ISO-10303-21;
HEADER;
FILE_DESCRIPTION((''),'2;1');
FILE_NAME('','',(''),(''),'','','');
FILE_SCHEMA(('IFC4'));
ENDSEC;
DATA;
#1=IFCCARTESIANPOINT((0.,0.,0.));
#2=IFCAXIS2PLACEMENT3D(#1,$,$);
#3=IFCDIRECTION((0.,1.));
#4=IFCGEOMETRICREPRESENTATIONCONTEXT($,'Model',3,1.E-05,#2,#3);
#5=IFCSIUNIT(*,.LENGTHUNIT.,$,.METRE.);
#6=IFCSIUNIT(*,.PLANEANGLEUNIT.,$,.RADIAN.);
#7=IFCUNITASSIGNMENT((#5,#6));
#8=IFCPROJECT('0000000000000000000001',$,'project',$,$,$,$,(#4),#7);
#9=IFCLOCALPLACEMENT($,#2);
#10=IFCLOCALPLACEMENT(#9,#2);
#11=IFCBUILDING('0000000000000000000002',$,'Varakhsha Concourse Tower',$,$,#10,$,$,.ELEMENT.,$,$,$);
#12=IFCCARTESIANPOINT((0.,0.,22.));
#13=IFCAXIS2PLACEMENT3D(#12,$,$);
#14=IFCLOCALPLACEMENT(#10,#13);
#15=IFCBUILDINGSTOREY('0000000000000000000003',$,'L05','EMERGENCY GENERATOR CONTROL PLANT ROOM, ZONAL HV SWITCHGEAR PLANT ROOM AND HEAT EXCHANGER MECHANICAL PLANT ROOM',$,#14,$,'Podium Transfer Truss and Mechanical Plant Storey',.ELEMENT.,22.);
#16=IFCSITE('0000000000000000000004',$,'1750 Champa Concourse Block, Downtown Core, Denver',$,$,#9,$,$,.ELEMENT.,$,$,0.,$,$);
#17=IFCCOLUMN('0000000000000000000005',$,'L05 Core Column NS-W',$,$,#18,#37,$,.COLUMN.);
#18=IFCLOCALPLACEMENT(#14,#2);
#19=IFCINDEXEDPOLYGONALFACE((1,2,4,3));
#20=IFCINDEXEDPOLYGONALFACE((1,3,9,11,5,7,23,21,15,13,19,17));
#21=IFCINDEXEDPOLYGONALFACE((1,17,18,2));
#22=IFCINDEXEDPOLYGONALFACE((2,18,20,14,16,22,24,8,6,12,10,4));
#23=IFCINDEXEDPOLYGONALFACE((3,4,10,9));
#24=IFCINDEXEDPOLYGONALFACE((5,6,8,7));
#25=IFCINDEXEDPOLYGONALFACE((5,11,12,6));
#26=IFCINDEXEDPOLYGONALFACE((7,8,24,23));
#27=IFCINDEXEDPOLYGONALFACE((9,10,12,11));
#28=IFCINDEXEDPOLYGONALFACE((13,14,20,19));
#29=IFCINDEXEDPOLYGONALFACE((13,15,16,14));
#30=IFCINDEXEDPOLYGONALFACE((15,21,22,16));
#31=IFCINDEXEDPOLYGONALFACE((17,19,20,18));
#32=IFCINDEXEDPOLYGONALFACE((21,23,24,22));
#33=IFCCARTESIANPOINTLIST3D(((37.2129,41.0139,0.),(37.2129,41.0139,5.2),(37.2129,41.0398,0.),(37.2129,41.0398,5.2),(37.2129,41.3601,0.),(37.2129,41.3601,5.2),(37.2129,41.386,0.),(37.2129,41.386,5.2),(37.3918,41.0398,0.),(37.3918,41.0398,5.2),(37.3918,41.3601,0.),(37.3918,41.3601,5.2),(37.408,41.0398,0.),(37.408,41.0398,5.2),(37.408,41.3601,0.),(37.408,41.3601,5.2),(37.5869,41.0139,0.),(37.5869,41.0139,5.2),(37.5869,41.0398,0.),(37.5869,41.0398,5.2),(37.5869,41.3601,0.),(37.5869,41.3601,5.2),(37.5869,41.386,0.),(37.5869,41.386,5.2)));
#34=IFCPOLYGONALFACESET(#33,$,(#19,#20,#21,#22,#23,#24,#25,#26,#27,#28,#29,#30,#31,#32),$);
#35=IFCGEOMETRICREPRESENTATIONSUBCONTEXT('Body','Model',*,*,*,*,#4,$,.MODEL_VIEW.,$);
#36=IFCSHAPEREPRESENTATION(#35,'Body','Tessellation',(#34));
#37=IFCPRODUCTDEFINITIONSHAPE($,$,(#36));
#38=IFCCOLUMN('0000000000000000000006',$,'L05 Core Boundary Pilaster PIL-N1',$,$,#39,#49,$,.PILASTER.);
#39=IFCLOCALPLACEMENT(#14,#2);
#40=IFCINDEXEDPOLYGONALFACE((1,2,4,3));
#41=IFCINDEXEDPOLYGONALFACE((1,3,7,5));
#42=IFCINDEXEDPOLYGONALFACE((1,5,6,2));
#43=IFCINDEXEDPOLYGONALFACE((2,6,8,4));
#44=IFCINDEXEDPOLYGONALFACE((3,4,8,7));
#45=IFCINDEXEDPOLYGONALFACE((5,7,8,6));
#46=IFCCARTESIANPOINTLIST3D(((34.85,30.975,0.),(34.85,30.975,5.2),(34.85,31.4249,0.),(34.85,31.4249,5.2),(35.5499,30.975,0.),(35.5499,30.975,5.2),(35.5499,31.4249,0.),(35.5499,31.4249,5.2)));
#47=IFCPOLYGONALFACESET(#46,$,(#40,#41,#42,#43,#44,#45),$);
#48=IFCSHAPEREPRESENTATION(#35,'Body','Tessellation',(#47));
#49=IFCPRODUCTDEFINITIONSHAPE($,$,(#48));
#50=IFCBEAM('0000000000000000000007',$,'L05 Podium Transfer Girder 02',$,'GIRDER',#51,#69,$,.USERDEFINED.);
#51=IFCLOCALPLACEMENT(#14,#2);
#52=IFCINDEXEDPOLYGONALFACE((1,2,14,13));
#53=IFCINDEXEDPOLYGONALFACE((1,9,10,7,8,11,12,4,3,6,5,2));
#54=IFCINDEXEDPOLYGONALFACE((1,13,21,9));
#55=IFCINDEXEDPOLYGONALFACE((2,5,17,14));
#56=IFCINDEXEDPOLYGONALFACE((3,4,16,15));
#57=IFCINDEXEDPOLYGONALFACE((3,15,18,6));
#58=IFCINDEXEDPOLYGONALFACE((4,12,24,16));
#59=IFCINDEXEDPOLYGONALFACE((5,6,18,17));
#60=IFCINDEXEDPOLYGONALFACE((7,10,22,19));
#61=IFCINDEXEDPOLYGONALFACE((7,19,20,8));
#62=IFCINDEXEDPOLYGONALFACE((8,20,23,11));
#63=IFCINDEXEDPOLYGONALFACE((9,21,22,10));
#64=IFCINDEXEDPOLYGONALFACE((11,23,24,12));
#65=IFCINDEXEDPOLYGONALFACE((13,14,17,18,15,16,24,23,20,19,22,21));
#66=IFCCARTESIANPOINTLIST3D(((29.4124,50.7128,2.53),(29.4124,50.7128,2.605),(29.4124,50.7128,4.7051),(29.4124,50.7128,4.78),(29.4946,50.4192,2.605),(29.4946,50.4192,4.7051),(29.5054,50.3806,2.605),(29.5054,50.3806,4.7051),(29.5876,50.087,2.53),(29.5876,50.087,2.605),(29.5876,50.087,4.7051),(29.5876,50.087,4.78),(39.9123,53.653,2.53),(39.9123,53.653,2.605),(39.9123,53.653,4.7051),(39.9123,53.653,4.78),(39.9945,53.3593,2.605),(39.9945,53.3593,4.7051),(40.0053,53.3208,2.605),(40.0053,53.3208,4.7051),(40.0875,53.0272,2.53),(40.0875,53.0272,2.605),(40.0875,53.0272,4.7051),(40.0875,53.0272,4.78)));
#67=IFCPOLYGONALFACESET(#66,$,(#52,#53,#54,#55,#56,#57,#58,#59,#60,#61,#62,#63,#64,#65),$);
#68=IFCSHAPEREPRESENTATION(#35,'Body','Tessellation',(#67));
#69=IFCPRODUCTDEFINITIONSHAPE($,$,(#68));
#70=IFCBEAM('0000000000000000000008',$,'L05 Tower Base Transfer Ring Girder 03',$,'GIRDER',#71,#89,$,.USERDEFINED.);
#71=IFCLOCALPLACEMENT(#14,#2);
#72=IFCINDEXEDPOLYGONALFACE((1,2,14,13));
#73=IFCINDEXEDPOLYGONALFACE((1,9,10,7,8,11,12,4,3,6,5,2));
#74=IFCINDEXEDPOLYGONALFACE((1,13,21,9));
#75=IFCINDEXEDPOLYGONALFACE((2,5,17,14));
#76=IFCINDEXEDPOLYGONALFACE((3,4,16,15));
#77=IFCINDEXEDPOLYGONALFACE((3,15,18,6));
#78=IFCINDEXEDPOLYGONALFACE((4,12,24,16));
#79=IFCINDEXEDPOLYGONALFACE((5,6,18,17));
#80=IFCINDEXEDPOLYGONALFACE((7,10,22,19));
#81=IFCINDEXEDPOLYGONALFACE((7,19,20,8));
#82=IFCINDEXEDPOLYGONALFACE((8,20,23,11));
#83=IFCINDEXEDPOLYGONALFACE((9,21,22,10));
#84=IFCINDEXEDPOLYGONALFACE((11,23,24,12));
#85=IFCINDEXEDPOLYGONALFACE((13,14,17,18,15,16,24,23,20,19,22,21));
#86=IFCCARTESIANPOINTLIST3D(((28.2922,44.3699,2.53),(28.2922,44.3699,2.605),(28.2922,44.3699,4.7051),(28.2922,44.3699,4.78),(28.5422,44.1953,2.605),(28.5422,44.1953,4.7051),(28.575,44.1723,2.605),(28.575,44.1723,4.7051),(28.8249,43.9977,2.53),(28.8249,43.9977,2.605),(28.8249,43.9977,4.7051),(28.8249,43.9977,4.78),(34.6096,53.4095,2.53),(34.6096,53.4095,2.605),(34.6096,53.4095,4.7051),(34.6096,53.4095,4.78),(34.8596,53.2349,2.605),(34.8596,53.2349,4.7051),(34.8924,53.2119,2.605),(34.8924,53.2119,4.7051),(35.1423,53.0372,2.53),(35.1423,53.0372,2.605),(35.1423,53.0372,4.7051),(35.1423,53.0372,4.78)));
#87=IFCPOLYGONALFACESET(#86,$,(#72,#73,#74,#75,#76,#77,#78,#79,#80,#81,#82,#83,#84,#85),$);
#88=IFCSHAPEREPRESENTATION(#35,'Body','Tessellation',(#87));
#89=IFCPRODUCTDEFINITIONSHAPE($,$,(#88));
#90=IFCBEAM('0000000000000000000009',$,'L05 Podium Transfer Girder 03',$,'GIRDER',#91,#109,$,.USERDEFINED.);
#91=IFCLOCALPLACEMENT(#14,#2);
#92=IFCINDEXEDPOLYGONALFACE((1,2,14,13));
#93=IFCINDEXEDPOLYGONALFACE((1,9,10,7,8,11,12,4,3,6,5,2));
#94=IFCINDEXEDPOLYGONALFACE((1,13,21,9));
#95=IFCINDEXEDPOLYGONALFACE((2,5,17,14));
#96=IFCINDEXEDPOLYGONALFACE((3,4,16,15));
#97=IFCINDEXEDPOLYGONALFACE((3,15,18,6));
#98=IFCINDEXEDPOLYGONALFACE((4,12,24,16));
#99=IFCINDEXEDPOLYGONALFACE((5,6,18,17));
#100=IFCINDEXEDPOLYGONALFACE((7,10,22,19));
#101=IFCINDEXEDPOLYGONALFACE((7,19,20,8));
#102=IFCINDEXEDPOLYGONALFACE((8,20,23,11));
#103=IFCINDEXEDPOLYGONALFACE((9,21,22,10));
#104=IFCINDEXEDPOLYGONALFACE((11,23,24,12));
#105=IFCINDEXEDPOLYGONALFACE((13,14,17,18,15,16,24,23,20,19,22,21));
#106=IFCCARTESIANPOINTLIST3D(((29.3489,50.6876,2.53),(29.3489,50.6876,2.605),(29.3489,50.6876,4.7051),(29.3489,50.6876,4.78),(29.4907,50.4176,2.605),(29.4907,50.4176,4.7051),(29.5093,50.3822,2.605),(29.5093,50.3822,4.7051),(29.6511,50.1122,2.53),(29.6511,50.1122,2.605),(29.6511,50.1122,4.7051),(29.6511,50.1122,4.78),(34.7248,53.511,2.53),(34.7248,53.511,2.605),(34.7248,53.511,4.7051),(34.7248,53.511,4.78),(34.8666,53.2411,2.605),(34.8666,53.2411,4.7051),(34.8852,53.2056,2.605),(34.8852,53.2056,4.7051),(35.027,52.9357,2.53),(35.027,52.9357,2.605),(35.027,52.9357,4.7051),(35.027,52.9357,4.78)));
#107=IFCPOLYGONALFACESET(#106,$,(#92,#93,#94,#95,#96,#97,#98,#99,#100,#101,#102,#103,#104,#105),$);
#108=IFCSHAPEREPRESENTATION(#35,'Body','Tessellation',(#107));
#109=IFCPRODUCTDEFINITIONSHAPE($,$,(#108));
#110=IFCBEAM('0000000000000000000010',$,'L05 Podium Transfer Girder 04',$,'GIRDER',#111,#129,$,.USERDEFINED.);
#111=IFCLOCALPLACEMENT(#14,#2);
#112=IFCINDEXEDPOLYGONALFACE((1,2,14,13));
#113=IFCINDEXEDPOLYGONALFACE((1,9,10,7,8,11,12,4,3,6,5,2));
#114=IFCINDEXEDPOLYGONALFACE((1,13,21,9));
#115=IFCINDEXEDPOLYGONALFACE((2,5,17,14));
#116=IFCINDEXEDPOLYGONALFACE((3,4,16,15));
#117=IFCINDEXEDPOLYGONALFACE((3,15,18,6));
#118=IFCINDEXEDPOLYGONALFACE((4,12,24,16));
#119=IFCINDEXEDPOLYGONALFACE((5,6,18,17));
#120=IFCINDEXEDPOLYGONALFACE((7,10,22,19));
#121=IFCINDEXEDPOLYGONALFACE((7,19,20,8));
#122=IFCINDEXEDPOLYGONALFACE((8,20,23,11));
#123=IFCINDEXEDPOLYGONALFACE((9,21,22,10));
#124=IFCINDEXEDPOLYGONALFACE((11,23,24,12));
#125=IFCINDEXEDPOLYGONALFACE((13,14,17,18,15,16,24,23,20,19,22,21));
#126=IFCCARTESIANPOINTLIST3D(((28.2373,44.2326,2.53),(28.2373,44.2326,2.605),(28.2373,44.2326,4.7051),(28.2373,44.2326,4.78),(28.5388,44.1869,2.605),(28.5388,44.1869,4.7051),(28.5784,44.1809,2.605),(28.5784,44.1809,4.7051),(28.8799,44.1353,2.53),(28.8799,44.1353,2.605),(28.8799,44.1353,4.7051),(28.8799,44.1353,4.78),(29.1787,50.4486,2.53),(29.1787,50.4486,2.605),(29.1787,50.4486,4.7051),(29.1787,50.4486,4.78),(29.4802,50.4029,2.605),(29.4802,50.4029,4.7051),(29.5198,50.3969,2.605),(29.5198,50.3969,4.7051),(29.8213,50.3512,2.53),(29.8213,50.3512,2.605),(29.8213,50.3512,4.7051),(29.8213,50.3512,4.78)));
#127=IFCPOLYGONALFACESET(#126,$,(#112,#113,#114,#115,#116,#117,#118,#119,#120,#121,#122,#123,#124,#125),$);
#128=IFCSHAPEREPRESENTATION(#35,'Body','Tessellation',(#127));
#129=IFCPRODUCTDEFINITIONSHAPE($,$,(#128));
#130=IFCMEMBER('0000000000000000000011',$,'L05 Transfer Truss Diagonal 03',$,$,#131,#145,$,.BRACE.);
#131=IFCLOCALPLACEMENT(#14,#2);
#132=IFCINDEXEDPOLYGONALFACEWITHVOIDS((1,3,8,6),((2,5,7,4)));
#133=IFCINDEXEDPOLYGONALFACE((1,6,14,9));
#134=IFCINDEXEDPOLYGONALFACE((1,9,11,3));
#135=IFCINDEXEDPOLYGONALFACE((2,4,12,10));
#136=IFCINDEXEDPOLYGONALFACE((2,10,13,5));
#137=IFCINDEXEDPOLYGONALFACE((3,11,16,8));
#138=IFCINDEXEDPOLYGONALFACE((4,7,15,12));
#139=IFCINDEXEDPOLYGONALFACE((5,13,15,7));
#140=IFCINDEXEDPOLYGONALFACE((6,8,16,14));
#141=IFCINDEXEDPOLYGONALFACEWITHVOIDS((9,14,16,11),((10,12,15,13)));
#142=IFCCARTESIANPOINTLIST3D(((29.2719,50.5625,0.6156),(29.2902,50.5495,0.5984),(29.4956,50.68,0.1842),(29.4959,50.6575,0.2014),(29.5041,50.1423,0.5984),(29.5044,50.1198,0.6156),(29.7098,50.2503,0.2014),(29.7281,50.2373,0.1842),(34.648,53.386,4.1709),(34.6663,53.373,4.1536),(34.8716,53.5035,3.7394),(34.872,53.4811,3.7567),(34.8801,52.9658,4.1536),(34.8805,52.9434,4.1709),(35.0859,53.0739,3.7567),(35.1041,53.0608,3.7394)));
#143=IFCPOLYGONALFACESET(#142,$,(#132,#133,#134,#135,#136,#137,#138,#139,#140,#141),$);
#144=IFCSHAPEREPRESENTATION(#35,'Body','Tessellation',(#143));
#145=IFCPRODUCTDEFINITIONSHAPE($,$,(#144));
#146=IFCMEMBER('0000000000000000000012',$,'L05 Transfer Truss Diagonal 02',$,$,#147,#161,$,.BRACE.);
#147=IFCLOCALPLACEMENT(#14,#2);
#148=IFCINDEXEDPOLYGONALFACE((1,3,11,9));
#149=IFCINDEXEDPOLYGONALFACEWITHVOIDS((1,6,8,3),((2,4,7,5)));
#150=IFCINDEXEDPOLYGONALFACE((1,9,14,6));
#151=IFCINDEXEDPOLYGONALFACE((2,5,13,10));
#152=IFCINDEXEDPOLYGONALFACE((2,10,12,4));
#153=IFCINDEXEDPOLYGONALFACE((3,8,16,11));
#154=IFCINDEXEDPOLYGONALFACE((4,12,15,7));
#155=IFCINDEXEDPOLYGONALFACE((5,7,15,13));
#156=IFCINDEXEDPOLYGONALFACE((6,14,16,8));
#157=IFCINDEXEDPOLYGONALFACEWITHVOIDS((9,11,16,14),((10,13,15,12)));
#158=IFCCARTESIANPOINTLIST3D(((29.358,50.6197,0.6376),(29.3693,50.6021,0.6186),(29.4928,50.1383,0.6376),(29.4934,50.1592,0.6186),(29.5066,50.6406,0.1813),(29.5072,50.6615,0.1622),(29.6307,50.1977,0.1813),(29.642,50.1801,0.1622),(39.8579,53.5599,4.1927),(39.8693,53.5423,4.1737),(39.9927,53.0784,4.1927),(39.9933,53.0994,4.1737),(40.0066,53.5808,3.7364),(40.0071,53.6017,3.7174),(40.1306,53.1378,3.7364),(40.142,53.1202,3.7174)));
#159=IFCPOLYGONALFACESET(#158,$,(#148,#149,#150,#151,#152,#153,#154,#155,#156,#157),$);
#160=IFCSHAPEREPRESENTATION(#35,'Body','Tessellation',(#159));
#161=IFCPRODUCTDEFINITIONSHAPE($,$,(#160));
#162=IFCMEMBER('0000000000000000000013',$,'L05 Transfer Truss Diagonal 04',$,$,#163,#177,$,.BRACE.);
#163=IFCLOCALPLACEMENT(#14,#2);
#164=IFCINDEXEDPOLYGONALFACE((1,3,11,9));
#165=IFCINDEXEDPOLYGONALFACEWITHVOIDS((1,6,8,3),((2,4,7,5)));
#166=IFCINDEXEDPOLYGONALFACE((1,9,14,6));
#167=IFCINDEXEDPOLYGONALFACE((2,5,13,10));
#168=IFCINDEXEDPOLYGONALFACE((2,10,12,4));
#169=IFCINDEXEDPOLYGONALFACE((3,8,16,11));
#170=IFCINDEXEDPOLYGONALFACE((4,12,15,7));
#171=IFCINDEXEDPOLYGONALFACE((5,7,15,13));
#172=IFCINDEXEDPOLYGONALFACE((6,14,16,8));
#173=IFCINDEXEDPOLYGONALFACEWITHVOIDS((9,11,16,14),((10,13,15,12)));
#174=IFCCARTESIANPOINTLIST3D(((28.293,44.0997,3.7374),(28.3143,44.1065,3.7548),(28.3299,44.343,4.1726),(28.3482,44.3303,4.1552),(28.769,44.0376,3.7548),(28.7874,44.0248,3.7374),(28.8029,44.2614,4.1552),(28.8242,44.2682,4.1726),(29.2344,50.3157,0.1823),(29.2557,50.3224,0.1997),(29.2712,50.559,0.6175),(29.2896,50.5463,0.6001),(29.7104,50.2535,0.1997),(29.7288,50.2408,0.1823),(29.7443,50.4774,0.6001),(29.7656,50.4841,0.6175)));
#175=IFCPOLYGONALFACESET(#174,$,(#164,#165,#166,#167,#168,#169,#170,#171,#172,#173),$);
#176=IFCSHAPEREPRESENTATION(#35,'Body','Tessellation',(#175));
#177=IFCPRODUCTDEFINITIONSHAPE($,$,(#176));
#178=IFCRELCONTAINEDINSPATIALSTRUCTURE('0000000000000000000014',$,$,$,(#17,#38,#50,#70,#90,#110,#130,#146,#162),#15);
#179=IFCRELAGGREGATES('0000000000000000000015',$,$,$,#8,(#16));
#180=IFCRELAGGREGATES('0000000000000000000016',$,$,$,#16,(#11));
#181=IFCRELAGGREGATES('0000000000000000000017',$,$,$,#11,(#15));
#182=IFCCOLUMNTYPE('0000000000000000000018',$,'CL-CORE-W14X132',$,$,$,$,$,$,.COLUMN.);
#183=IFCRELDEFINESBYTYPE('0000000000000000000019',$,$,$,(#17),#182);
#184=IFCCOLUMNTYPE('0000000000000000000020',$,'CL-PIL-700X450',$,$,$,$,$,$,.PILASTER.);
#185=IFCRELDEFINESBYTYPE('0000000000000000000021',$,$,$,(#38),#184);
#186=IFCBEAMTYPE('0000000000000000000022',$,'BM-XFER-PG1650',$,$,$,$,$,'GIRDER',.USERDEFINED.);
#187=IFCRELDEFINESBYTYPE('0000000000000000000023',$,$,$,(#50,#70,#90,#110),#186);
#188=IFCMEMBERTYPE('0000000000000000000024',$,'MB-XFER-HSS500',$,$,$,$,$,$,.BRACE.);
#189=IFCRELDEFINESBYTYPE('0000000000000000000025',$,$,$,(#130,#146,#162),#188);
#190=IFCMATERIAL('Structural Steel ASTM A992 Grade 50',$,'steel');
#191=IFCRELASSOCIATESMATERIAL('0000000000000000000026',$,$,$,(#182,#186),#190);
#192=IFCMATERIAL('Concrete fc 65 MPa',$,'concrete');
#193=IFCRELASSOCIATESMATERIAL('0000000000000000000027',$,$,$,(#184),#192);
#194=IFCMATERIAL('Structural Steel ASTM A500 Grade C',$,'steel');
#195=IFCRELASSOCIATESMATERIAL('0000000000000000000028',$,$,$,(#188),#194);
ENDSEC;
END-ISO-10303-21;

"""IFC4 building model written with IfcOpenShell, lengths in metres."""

from ifc_helpers import new_model, si_unit, direction, frame, origin, origin_2d, place, context, subcontext, project, spatial, rectangle, hollow_rectangle, i_section, extrude, source, transform, mapped, material, material_profile, profile_set, type_object, type_shapes, element, save


model = new_model("IFC4")

# Units and contexts
model_context = context("Model", 3, precision=1e-05, world=origin(), true_north=direction((0.0, 1.0)))
body_context = subcontext(model_context, "Body", "Model", "MODEL_VIEW")
ifc_project = project(units=[si_unit("LENGTHUNIT", "METRE"), si_unit("PLANEANGLEUNIT", "RADIAN")], contexts=[model_context])

# Site, building, storey
site_placement = place(None, origin())
site = spatial("IfcSite", under=ifc_project, at=site_placement, Name="1750 Champa Concourse Block, Downtown Core, Denver", CompositionType="ELEMENT", RefElevation=0.0)
building_placement = place(site_placement, origin())
building = spatial("IfcBuilding", under=site, at=building_placement, Name="Varakhsha Concourse Tower", CompositionType="ELEMENT")
storey_placement = place(building_placement, frame((0.0, 0.0, 22.0)))
storey = spatial("IfcBuildingStorey", under=building, at=storey_placement, Name="L05", Description="EMERGENCY GENERATOR CONTROL PLANT ROOM, ZONAL HV SWITCHGEAR PLANT ROOM AND HEAT EXCHANGER MECHANICAL PLANT ROOM", LongName="Podium Transfer Truss and Mechanical Plant Storey", CompositionType="ELEMENT", Elevation=22.0)

# Columns
ifc_material_1 = material(Name="Structural Steel ASTM A992 Grade 50", Category="steel")
ifc_material_profile_1 = material_profile(ifc_material_1, i_section(OverallWidth=0.374, OverallDepth=0.3721, WebThickness=0.0161, FlangeThickness=0.0259, at=origin_2d()), Name="W14X132")
ifc_profile_set_1 = profile_set([ifc_material_profile_1], Name="Structural Steel ASTM A992 Grade 50")
column_type_1 = type_object("IfcColumnType", Name="CL-CORE-W14X132", PredefinedType="COLUMN", material=ifc_profile_set_1)
column_1_placement = place(storey_placement, frame((37.3999, 41.2, 0.0), z_axis=(0.0, 0.0, 1.0), x_axis=(1.0, 0.0, 0.0)))
element("IfcColumn", 1, at=column_1_placement, inside=storey, type_object=column_type_1, Name="L05 Core Column NS-W", PredefinedType="COLUMN", context=body_context, shape_type="SweptSolid", body=[
    extrude(i_section(OverallWidth=0.374, OverallDepth=0.3721, WebThickness=0.0161, FlangeThickness=0.0259, at=origin_2d()), origin(), (0.0, 0.0, 1.0), 5.2),
])
ifc_material_2 = material(Name="Concrete fc 65 MPa", Category="concrete")
ifc_material_profile_2 = material_profile(ifc_material_2, rectangle(XDim=0.7, YDim=0.45, at=origin_2d()), Name="RC 700x450")
ifc_profile_set_2 = profile_set([ifc_material_profile_2], Name="Concrete fc 65 MPa")
column_type_2 = type_object("IfcColumnType", Name="CL-PIL-700X450", PredefinedType="PILASTER", material=ifc_profile_set_2)
column_2_placement = place(storey_placement, frame((35.2, 31.2, 0.0), z_axis=(0.0, 0.0, 1.0), x_axis=(1.0, 0.0, 0.0)))
element("IfcColumn", 2, at=column_2_placement, inside=storey, type_object=column_type_2, Name="L05 Core Boundary Pilaster PIL-N1", PredefinedType="PILASTER", context=body_context, shape_type="SweptSolid", body=[
    extrude(rectangle(XDim=0.7, YDim=0.45, at=origin_2d()), origin(), (0.0, 0.0, 1.0), 5.2),
])

# Beams
ifc_material_profile_3 = material_profile(ifc_material_1, i_section(OverallWidth=0.6499, OverallDepth=2.25, WebThickness=0.04, FlangeThickness=0.075, at=origin_2d()), Name="PG 2250x650x75x40")
ifc_profile_set_3 = profile_set([ifc_material_profile_3], Name="Structural Steel ASTM A992 Grade 50")
beam_type = type_object("IfcBeamType", Name="BM-XFER-PG1650", ElementType="GIRDER", PredefinedType="USERDEFINED", material=ifc_profile_set_3)
beam_1_placement = place(storey_placement, frame((29.5, 50.3999, 3.655), z_axis=(0.96296, 0.269646, 0.0), x_axis=(-0.269646, 0.96296, 0.0)))
element("IfcBeam", 3, at=beam_1_placement, inside=storey, type_object=beam_type, Name="L05 Podium Transfer Girder 02", ObjectType="GIRDER", PredefinedType="USERDEFINED", context=body_context, shape_type="SweptSolid", body=[
    extrude(i_section(OverallWidth=0.6499, OverallDepth=2.25, WebThickness=0.04, FlangeThickness=0.075, at=origin_2d()), origin(), (0.0, 0.0, 1.0), 10.9038),
])
beam_2_placement = place(storey_placement, frame((34.876, 53.2234, 3.655), z_axis=(-0.572835, -0.819671, 0.0), x_axis=(0.819671, -0.572835, 0.0)))
element("IfcBeam", 4, at=beam_2_placement, inside=storey, type_object=beam_type, Name="L05 Tower Base Transfer Ring Girder 03", ObjectType="GIRDER", PredefinedType="USERDEFINED", context=body_context, shape_type="SweptSolid", body=[
    extrude(i_section(OverallWidth=0.6499, OverallDepth=2.25, WebThickness=0.04, FlangeThickness=0.075, at=origin_2d()), origin(), (0.0, 0.0, 1.0), 11.0283),
])
beam_3_placement = place(storey_placement, frame((29.5, 50.3999, 3.655), z_axis=(0.885323, 0.464976, 0.0), x_axis=(-0.464976, 0.885323, 0.0)))
element("IfcBeam", 5, at=beam_3_placement, inside=storey, type_object=beam_type, Name="L05 Podium Transfer Girder 03", ObjectType="GIRDER", PredefinedType="USERDEFINED", context=body_context, shape_type="SweptSolid", body=[
    extrude(i_section(OverallWidth=0.6499, OverallDepth=2.25, WebThickness=0.04, FlangeThickness=0.075, at=origin_2d()), origin(), (0.0, 0.0, 1.0), 6.0723),
])
beam_4_placement = place(storey_placement, frame((29.5, 50.3999, 3.655), z_axis=(-0.14974, -0.988725, 0.0), x_axis=(0.988725, -0.14974, 0.0)))
element("IfcBeam", 6, at=beam_4_placement, inside=storey, type_object=beam_type, Name="L05 Podium Transfer Girder 04", ObjectType="GIRDER", PredefinedType="USERDEFINED", context=body_context, shape_type="SweptSolid", body=[
    extrude(i_section(OverallWidth=0.6499, OverallDepth=2.25, WebThickness=0.04, FlangeThickness=0.075, at=origin_2d()), origin(), (0.0, 0.0, 1.0), 6.2869),
])

# Members
ifc_material_3 = material(Name="Structural Steel ASTM A500 Grade C", Category="steel")
ifc_material_profile_4 = material_profile(ifc_material_3, hollow_rectangle(XDim=0.5, YDim=0.5, WallThickness=0.02, at=origin_2d()), Name="HSS 500x500x20")
ifc_profile_set_4 = profile_set([ifc_material_profile_4], Name="Structural Steel ASTM A500 Grade C")
member_type_1 = type_object("IfcMemberType", Name="MB-XFER-HSS500", PredefinedType="BRACE", material=ifc_profile_set_4)
shared_shape_1 = source(origin(), body_context, "Body", "SweptSolid", [
    extrude(hollow_rectangle(XDim=0.5, YDim=0.5, WallThickness=0.02, at=origin_2d()), origin(), (0.0, 0.0, 1.0), 7.0366),
])
member_1_placement = place(storey_placement, frame((29.5, 50.3999, 0.3999), z_axis=(0.764012, 0.401262, 0.505247), x_axis=(-0.464976, 0.885323, 0.0)))
element("IfcMember", 7, at=member_1_placement, inside=storey, type_object=member_type_1, Name="L05 Transfer Truss Diagonal 03", PredefinedType="BRACE", context=body_context, shape_type="MappedRepresentation", body=[
    mapped(shared_shape_1, transform((0.0, 0.0, 0.0), scale=1.0)),
])
shared_shape_2 = source(origin(), body_context, "Body", "SweptSolid", [
    extrude(hollow_rectangle(XDim=0.5, YDim=0.5, WallThickness=0.02, at=origin_2d()), origin(), (0.0, 0.0, 1.0), 11.4688),
])
member_2_placement = place(storey_placement, frame((29.5, 50.3999, 0.3999), z_axis=(0.915525, 0.256363, 0.309986), x_axis=(-0.269646, 0.96296, 0.0)))
element("IfcMember", 8, at=member_2_placement, inside=storey, type_object=member_type_1, Name="L05 Transfer Truss Diagonal 02", PredefinedType="BRACE", context=body_context, shape_type="MappedRepresentation", body=[
    mapped(shared_shape_2, transform((0.0, 0.0, 0.0), scale=1.0)),
])
shared_shape_3 = source(origin(), body_context, "Body", "SweptSolid", [
    extrude(hollow_rectangle(XDim=0.5, YDim=0.5, WallThickness=0.02, at=origin_2d()), origin(), (0.0, 0.0, 1.0), 7.2224),
])
type_shapes(member_type_1, [shared_shape_1, shared_shape_2, shared_shape_3])
member_3_placement = place(storey_placement, frame((29.5, 50.3999, 0.3999), z_axis=(-0.130343, -0.860649, 0.492234), x_axis=(0.988725, -0.14974, 0.0)))
element("IfcMember", 9, at=member_3_placement, inside=storey, type_object=member_type_1, Name="L05 Transfer Truss Diagonal 04", PredefinedType="BRACE", context=body_context, shape_type="MappedRepresentation", body=[
    mapped(shared_shape_3, transform((0.0, 0.0, 0.0), scale=1.0)),
])

save(model, "model.ifc")
